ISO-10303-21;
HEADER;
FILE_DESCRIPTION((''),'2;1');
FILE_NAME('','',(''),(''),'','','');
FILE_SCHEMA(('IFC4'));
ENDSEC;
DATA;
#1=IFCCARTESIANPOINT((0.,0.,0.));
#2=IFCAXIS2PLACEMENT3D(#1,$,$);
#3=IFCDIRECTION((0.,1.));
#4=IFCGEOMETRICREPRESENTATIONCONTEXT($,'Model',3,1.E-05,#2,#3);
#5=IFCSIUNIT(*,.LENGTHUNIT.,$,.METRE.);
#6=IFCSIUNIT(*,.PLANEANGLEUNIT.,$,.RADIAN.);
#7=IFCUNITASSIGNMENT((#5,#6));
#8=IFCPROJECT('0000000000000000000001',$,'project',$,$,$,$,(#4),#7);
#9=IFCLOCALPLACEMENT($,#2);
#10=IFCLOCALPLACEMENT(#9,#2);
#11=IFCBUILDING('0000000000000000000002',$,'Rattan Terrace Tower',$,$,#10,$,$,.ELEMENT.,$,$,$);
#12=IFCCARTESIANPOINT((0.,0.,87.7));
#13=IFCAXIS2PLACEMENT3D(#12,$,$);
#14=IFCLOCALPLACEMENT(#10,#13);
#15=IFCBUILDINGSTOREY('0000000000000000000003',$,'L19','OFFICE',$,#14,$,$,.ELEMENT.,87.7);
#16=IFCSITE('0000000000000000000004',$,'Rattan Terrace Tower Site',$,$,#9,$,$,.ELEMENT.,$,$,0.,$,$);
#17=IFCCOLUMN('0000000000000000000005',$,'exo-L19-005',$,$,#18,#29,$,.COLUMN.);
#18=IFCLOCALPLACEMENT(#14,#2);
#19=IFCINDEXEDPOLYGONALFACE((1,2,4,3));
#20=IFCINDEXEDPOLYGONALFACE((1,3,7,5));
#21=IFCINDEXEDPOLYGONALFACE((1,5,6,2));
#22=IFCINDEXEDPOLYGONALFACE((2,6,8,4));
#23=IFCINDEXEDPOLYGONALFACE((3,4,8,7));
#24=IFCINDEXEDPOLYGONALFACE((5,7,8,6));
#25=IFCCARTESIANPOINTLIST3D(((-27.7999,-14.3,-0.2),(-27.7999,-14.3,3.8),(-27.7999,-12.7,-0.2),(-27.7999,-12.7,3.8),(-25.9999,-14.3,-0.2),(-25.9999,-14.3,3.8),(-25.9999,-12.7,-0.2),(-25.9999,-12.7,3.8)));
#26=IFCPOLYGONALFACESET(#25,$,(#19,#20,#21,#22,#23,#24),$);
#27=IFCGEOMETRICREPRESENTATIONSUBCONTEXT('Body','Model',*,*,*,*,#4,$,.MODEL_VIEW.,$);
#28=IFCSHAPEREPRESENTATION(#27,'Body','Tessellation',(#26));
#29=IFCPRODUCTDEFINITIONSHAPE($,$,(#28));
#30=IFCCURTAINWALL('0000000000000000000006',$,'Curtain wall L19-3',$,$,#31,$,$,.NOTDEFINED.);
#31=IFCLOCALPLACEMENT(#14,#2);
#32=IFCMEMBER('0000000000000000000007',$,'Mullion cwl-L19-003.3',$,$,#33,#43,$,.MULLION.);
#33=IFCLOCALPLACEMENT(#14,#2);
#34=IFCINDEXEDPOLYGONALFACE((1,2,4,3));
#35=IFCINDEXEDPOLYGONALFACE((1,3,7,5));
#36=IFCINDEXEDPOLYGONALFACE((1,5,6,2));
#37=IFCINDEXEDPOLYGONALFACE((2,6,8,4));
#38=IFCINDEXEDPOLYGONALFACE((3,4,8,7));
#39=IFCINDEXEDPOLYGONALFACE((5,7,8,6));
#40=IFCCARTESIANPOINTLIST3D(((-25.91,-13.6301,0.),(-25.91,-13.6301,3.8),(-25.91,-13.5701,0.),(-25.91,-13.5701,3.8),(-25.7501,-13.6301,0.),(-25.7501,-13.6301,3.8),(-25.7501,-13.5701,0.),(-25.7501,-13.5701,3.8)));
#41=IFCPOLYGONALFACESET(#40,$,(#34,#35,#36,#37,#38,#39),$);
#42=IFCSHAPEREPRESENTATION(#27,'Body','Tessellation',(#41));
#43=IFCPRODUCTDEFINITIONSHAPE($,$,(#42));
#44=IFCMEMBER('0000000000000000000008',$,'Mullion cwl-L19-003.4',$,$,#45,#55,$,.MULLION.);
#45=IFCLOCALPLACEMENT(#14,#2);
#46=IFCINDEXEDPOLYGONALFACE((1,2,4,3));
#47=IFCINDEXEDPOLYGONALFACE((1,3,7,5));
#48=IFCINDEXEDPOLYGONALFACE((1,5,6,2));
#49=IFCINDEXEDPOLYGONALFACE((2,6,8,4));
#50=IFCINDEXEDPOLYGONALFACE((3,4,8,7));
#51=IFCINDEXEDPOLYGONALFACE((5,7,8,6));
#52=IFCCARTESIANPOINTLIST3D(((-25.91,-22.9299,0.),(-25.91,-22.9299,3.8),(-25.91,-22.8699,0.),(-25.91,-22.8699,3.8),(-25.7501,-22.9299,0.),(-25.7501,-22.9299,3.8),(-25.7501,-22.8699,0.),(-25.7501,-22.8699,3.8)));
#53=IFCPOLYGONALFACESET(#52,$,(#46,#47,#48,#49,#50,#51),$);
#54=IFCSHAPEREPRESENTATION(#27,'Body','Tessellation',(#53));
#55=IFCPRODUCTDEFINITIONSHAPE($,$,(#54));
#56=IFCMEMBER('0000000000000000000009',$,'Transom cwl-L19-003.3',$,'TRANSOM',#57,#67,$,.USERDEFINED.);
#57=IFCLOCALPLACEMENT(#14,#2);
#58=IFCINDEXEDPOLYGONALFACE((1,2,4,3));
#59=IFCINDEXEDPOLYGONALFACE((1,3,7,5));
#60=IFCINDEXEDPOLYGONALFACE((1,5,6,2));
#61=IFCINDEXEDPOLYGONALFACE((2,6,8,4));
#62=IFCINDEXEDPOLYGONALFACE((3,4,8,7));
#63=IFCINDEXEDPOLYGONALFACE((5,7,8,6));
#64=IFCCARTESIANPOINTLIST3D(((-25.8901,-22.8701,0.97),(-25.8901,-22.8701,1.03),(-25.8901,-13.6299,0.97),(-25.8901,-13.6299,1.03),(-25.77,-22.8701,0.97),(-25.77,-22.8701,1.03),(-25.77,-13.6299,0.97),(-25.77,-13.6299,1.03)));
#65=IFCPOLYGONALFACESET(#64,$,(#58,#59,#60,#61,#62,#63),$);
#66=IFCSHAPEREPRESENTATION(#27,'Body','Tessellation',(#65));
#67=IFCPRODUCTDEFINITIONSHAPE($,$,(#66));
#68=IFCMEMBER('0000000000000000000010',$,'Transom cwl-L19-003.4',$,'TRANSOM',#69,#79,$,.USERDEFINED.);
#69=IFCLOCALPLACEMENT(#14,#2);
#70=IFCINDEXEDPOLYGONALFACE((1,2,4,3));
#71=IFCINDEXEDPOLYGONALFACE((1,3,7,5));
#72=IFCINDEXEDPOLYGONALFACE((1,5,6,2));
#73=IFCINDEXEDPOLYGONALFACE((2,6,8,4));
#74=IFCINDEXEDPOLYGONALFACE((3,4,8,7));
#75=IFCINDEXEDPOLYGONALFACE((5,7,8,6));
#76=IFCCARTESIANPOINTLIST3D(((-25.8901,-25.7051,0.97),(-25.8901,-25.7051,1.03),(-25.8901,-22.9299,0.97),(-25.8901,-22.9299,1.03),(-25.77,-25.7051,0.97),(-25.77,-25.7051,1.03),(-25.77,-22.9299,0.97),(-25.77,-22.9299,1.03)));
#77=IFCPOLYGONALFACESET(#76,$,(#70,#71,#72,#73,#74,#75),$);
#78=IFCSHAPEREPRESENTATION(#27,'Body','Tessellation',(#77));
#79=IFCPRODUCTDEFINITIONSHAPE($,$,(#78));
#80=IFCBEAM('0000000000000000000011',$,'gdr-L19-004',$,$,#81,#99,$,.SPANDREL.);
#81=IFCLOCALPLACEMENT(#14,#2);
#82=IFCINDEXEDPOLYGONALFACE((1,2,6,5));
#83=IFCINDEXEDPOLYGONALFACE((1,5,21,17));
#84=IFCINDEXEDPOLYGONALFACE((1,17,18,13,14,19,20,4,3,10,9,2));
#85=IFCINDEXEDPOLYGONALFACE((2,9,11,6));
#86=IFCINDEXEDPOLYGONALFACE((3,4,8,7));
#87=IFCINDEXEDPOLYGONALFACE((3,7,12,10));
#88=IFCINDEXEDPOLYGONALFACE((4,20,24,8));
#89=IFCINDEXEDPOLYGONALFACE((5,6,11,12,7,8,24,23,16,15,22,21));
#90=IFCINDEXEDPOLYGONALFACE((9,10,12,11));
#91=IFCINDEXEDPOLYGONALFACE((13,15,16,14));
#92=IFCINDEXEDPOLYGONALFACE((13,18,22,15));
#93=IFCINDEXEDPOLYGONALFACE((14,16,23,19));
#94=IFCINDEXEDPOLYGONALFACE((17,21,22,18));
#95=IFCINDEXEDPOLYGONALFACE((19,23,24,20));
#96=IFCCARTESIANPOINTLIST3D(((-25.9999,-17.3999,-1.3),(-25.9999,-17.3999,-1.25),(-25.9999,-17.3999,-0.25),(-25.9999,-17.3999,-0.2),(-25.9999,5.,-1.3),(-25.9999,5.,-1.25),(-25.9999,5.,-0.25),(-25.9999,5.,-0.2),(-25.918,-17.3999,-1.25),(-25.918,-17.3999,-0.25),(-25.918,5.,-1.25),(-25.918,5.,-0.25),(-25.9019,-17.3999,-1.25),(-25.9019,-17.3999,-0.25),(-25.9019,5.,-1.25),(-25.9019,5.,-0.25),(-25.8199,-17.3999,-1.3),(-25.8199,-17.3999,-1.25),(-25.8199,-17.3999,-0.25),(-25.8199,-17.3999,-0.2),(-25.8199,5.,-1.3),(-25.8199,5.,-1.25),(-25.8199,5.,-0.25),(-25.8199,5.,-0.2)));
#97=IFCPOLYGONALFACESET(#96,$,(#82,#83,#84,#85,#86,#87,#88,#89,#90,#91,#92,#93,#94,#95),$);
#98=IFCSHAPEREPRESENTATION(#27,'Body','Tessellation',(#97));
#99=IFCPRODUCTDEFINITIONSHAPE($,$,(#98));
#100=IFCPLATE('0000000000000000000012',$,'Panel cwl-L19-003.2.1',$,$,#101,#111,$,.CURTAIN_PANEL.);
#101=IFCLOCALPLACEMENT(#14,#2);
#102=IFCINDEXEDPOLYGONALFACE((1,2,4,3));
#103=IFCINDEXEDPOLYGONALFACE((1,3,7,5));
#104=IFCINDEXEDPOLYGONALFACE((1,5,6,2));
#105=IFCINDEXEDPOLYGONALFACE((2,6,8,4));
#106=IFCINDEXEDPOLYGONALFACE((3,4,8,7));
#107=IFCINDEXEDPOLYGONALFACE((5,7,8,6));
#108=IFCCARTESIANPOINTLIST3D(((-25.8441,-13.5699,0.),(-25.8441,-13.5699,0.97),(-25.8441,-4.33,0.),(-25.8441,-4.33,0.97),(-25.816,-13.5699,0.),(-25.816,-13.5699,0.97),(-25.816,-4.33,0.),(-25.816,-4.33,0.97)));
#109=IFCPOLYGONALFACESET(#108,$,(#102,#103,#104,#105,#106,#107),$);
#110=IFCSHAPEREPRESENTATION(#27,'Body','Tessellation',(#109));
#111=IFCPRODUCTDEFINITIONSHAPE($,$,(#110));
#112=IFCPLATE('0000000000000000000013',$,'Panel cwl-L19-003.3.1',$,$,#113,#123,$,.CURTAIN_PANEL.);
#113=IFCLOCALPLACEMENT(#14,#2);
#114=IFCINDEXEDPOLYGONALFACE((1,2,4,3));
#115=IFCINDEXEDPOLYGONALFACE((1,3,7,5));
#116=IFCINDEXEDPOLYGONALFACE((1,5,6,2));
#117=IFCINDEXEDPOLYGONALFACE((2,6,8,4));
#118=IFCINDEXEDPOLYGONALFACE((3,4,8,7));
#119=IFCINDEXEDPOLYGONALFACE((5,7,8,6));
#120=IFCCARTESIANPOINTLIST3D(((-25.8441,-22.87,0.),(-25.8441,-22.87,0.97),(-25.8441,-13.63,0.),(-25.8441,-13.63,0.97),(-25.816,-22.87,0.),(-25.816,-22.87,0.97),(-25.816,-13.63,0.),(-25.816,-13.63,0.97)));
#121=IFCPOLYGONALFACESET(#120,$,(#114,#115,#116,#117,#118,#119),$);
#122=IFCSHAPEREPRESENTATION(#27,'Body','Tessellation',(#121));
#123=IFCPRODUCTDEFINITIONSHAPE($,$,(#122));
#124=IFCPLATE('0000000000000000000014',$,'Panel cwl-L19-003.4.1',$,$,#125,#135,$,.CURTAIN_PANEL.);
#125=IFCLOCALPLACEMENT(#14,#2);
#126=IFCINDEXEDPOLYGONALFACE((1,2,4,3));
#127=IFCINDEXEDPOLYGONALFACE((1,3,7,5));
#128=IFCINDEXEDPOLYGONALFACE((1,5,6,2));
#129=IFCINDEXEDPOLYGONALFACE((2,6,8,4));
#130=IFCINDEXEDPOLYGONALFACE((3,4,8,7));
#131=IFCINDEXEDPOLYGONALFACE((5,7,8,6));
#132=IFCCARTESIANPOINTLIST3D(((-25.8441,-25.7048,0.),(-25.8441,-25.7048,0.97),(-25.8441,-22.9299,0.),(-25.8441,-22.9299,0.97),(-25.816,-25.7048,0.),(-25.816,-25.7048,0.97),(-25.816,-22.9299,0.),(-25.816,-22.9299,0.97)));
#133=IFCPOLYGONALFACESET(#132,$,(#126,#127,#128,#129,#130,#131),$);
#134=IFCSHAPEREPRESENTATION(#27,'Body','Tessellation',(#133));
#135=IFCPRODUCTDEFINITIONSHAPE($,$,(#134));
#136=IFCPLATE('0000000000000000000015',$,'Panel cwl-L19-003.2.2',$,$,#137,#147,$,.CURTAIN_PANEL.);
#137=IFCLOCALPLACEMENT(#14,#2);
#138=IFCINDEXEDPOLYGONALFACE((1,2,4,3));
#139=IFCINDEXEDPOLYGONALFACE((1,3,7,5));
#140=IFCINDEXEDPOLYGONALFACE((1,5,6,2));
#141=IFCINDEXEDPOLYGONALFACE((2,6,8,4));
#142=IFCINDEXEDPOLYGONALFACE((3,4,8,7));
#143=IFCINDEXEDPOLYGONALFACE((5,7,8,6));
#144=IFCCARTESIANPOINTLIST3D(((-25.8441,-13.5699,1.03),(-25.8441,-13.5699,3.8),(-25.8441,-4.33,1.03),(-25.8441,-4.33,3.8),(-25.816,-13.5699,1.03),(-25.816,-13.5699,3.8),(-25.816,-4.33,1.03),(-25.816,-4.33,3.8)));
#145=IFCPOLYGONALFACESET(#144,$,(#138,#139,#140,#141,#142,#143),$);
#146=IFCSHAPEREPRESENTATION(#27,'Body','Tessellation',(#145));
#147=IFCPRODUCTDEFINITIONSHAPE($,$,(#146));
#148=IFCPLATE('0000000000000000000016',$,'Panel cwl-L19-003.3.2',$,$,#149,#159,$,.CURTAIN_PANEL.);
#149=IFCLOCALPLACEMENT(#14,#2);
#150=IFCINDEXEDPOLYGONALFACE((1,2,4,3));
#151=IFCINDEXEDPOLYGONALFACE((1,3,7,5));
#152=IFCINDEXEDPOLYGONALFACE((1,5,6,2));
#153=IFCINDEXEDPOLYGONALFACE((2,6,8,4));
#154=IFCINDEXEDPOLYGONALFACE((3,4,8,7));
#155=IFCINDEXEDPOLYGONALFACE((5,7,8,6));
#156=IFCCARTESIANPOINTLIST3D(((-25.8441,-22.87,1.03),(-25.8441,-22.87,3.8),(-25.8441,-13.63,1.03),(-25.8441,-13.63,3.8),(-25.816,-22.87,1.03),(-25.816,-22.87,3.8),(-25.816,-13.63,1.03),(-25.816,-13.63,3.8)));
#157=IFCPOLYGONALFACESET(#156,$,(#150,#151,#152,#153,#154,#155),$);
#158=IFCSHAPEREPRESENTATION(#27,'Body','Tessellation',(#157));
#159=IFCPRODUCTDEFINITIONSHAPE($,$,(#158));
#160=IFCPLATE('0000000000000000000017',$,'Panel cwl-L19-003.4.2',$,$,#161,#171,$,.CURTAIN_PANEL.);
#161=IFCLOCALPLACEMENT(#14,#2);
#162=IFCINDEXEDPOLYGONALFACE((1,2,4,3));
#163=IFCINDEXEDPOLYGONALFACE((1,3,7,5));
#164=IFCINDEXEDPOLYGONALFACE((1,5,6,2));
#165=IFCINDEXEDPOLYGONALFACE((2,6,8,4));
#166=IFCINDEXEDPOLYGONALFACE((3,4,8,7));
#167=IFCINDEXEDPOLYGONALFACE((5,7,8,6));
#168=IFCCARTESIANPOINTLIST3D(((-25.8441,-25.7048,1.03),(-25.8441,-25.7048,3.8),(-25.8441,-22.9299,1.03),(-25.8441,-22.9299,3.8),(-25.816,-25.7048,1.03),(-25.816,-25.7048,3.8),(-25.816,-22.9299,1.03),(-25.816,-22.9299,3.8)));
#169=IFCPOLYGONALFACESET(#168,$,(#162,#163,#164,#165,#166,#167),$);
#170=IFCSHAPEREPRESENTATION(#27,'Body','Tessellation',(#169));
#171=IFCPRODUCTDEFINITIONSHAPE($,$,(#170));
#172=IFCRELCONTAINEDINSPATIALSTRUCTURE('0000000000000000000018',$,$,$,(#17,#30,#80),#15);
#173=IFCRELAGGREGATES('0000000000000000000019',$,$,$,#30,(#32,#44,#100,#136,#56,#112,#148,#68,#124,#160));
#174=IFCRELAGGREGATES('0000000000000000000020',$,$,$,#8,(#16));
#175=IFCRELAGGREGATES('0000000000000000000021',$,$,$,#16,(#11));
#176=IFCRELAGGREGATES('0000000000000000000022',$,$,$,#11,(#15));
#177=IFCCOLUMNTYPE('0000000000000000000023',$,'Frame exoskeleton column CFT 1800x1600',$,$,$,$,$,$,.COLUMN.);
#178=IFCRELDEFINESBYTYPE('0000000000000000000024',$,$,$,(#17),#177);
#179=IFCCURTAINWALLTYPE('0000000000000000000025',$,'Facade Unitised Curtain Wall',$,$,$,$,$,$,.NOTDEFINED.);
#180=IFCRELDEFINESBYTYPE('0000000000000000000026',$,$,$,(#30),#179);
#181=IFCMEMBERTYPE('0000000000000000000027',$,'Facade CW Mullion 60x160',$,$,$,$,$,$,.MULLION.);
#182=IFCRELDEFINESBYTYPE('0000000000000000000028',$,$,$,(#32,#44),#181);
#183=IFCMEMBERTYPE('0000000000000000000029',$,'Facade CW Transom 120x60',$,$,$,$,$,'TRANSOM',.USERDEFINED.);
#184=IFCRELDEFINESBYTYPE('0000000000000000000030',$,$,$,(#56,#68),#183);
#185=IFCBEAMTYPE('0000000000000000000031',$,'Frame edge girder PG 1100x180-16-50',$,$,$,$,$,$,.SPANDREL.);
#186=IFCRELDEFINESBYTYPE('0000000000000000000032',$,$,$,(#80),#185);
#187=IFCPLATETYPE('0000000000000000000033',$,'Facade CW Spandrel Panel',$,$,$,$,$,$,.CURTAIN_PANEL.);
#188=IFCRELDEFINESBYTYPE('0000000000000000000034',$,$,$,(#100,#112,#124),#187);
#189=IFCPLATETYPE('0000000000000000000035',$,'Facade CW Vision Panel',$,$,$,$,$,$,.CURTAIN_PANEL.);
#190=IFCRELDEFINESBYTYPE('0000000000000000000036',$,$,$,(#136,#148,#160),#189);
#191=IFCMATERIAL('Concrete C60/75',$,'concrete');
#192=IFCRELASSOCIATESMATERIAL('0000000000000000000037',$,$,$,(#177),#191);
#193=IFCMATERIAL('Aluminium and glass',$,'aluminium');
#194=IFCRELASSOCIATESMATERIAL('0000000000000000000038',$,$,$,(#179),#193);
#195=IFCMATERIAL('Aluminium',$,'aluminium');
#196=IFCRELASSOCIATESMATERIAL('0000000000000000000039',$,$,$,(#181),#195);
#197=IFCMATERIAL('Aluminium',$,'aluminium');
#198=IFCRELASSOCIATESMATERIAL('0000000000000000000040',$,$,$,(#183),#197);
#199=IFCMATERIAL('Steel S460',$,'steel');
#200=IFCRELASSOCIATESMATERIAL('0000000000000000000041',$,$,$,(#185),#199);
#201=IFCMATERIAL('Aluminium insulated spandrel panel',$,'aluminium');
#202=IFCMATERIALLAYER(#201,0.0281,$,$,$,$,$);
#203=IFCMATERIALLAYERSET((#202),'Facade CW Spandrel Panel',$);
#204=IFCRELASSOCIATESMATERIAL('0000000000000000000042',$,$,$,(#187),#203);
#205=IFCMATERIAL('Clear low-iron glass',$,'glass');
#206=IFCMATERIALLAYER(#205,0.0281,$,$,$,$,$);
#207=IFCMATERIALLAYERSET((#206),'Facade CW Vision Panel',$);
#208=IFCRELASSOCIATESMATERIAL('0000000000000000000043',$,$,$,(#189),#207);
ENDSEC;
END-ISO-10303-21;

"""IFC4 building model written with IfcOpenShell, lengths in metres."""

from ifc_helpers import new_model, si_unit, direction, frame, origin, origin_2d, place, context, subcontext, project, spatial, rectangle, i_section, extrude, material, layer, layer_set, material_profile, profile_set, type_object, element, aggregate, save


model = new_model("IFC4")

# Units and contexts
model_context = context("Model", 3, precision=1e-05, world=origin(), true_north=direction((0.0, 1.0)))
body_context = subcontext(model_context, "Body", "Model", "MODEL_VIEW")
ifc_project = project(units=[si_unit("LENGTHUNIT", "METRE"), si_unit("PLANEANGLEUNIT", "RADIAN")], contexts=[model_context])

# Site, building, storey
site_placement = place(None, origin())
site = spatial("IfcSite", under=ifc_project, at=site_placement, Name="Rattan Terrace Tower Site", CompositionType="ELEMENT", RefElevation=0.0)
building_placement = place(site_placement, origin())
building = spatial("IfcBuilding", under=site, at=building_placement, Name="Rattan Terrace Tower", CompositionType="ELEMENT")
storey_placement = place(building_placement, frame((0.0, 0.0, 87.7)))
storey = spatial("IfcBuildingStorey", under=building, at=storey_placement, Name="L19", Description="OFFICE", CompositionType="ELEMENT", Elevation=87.7)

# Column
ifc_material_1 = material(Name="Concrete C60/75", Category="concrete")
ifc_material_profile_1 = material_profile(ifc_material_1, rectangle(XDim=1.6001, YDim=1.8, at=origin_2d()), Name="CFT 1800x1600")
ifc_profile_set_1 = profile_set([ifc_material_profile_1], Name="Concrete C60/75")
column_type = type_object("IfcColumnType", Name="Frame exoskeleton column CFT 1800x1600", PredefinedType="COLUMN", material=ifc_profile_set_1)
column_placement = place(storey_placement, frame((-26.8999, -13.5, -0.2), z_axis=(0.0, 0.0, 1.0), x_axis=(0.0, 1.0, 0.0)))
element("IfcColumn", 1, at=column_placement, inside=storey, type_object=column_type, Name="exo-L19-005", PredefinedType="COLUMN", context=body_context, shape_type="SweptSolid", body=[
    extrude(rectangle(XDim=1.6001, YDim=1.8, at=origin_2d()), origin(), (0.0, 0.0, 1.0), 4.0),
])

# Curtain wall, members
ifc_material_2 = material(Name="Aluminium and glass", Category="aluminium")
curtain_wall_type = type_object("IfcCurtainWallType", Name="Facade Unitised Curtain Wall", PredefinedType="NOTDEFINED", material=ifc_material_2)
curtain_wall_placement = place(storey_placement, origin())
curtain_wall = element("IfcCurtainWall", 2, at=curtain_wall_placement, inside=storey, type_object=curtain_wall_type, Name="Curtain wall L19-3", PredefinedType="NOTDEFINED")
ifc_material_3 = material(Name="Aluminium", Category="aluminium")
ifc_material_profile_2 = material_profile(ifc_material_3, rectangle(XDim=0.0601, YDim=0.1599, at=origin_2d()), Name="Aluminium 60x160")
ifc_profile_set_2 = profile_set([ifc_material_profile_2], Name="Aluminium")
member_type_1 = type_object("IfcMemberType", Name="Facade CW Mullion 60x160", PredefinedType="MULLION", material=ifc_profile_set_2)
member_1_placement = place(storey_placement, frame((-25.8301, -13.6001, 0.0), z_axis=(0.0, 0.0, 1.0), x_axis=(0.0, -1.0, 0.0)))
member_1 = element("IfcMember", 3, at=member_1_placement, type_object=member_type_1, Name="Mullion cwl-L19-003.3", PredefinedType="MULLION", context=body_context, shape_type="SweptSolid", body=[
    extrude(rectangle(XDim=0.0601, YDim=0.1599, at=origin_2d()), origin(), (0.0, 0.0, 1.0), 3.8),
])
member_2_placement = place(storey_placement, frame((-25.8301, -22.8999, 0.0), z_axis=(0.0, 0.0, 1.0), x_axis=(0.0, -1.0, 0.0)))
member_2 = element("IfcMember", 4, at=member_2_placement, type_object=member_type_1, Name="Mullion cwl-L19-003.4", PredefinedType="MULLION", context=body_context, shape_type="SweptSolid", body=[
    extrude(rectangle(XDim=0.0601, YDim=0.1599, at=origin_2d()), origin(), (0.0, 0.0, 1.0), 3.8),
])
ifc_material_4 = material(Name="Aluminium", Category="aluminium")
ifc_material_profile_3 = material_profile(ifc_material_4, rectangle(XDim=0.1201, YDim=0.0601, at=origin_2d()), Name="Aluminium 120x60")
ifc_profile_set_3 = profile_set([ifc_material_profile_3], Name="Aluminium")
member_type_2 = type_object("IfcMemberType", Name="Facade CW Transom 120x60", ElementType="TRANSOM", PredefinedType="USERDEFINED", material=ifc_profile_set_3)
member_3_placement = place(storey_placement, frame((-25.8301, -13.6299, 1.0), z_axis=(0.0, -1.0, 0.0), x_axis=(1.0, 0.0, 0.0)))
member_3 = element("IfcMember", 5, at=member_3_placement, type_object=member_type_2, Name="Transom cwl-L19-003.3", ObjectType="TRANSOM", PredefinedType="USERDEFINED", context=body_context, shape_type="SweptSolid", body=[
    extrude(rectangle(XDim=0.1201, YDim=0.0601, at=origin_2d()), origin(), (0.0, 0.0, 1.0), 9.2402),
])
member_4_placement = place(storey_placement, frame((-25.8301, -22.9299, 1.0), z_axis=(0.0, -1.0, 0.0), x_axis=(1.0, 0.0, 0.0)))
member_4 = element("IfcMember", 6, at=member_4_placement, type_object=member_type_2, Name="Transom cwl-L19-003.4", ObjectType="TRANSOM", PredefinedType="USERDEFINED", context=body_context, shape_type="SweptSolid", body=[
    extrude(rectangle(XDim=0.1201, YDim=0.0601, at=origin_2d()), origin(), (0.0, 0.0, 1.0), 2.7751),
])

# Beam
ifc_material_5 = material(Name="Steel S460", Category="steel")
ifc_material_profile_4 = material_profile(ifc_material_5, i_section(OverallWidth=0.1799, OverallDepth=1.1001, WebThickness=0.0161, FlangeThickness=0.05, at=origin_2d()), Name="PG 1100x180-16-50")
ifc_profile_set_4 = profile_set([ifc_material_profile_4], Name="Steel S460")
beam_type = type_object("IfcBeamType", Name="Frame edge girder PG 1100x180-16-50", PredefinedType="SPANDREL", material=ifc_profile_set_4)
beam_placement = place(storey_placement, frame((-25.9099, -17.3999, -0.75), z_axis=(0.0, 1.0, 0.0), x_axis=(-1.0, 0.0, 0.0)))
element("IfcBeam", 7, at=beam_placement, inside=storey, type_object=beam_type, Name="gdr-L19-004", PredefinedType="SPANDREL", context=body_context, shape_type="SweptSolid", body=[
    extrude(i_section(OverallWidth=0.1799, OverallDepth=1.1001, WebThickness=0.0161, FlangeThickness=0.05, at=origin_2d()), origin(), (0.0, 0.0, 1.0), 22.3999),
])

# Plates
ifc_material_6 = material(Name="Aluminium insulated spandrel panel", Category="aluminium")
ifc_layer_1 = layer(ifc_material_6, 0.0281)
ifc_layer_set_1 = layer_set([ifc_layer_1], Name="Facade CW Spandrel Panel")
plate_type_1 = type_object("IfcPlateType", Name="Facade CW Spandrel Panel", PredefinedType="CURTAIN_PANEL", material=ifc_layer_set_1)
plate_1_placement = place(storey_placement, frame((-25.8301, -8.95, 0.0), z_axis=(0.0, 0.0, 1.0), x_axis=(0.0, -1.0, 0.0)))
plate_1 = element("IfcPlate", 8, at=plate_1_placement, type_object=plate_type_1, Name="Panel cwl-L19-003.2.1", PredefinedType="CURTAIN_PANEL", context=body_context, shape_type="SweptSolid", body=[
    extrude(rectangle(XDim=9.24, YDim=0.0281, at=origin_2d()), origin(), (0.0, 0.0, 1.0), 0.97),
])
plate_2_placement = place(storey_placement, frame((-25.8301, -18.25, 0.0), z_axis=(0.0, 0.0, 1.0), x_axis=(0.0, -1.0, 0.0)))
plate_2 = element("IfcPlate", 9, at=plate_2_placement, type_object=plate_type_1, Name="Panel cwl-L19-003.3.1", PredefinedType="CURTAIN_PANEL", context=body_context, shape_type="SweptSolid", body=[
    extrude(rectangle(XDim=9.24, YDim=0.0281, at=origin_2d()), origin(), (0.0, 0.0, 1.0), 0.97),
])
plate_3_placement = place(storey_placement, frame((-25.8301, -24.3174, 0.0), z_axis=(0.0, 0.0, 1.0), x_axis=(0.0, -1.0, 0.0)))
plate_3 = element("IfcPlate", 10, at=plate_3_placement, type_object=plate_type_1, Name="Panel cwl-L19-003.4.1", PredefinedType="CURTAIN_PANEL", context=body_context, shape_type="SweptSolid", body=[
    extrude(rectangle(XDim=2.7749, YDim=0.0281, at=origin_2d()), origin(), (0.0, 0.0, 1.0), 0.97),
])
ifc_material_7 = material(Name="Clear low-iron glass", Category="glass")
ifc_layer_2 = layer(ifc_material_7, 0.0281)
ifc_layer_set_2 = layer_set([ifc_layer_2], Name="Facade CW Vision Panel")
plate_type_2 = type_object("IfcPlateType", Name="Facade CW Vision Panel", PredefinedType="CURTAIN_PANEL", material=ifc_layer_set_2)
plate_4_placement = place(storey_placement, frame((-25.8301, -8.95, 1.03), z_axis=(0.0, 0.0, 1.0), x_axis=(0.0, -1.0, 0.0)))
plate_4 = element("IfcPlate", 11, at=plate_4_placement, type_object=plate_type_2, Name="Panel cwl-L19-003.2.2", PredefinedType="CURTAIN_PANEL", context=body_context, shape_type="SweptSolid", body=[
    extrude(rectangle(XDim=9.24, YDim=0.0281, at=origin_2d()), origin(), (0.0, 0.0, 1.0), 2.77),
])
plate_5_placement = place(storey_placement, frame((-25.8301, -18.25, 1.03), z_axis=(0.0, 0.0, 1.0), x_axis=(0.0, -1.0, 0.0)))
plate_5 = element("IfcPlate", 12, at=plate_5_placement, type_object=plate_type_2, Name="Panel cwl-L19-003.3.2", PredefinedType="CURTAIN_PANEL", context=body_context, shape_type="SweptSolid", body=[
    extrude(rectangle(XDim=9.24, YDim=0.0281, at=origin_2d()), origin(), (0.0, 0.0, 1.0), 2.77),
])
plate_6_placement = place(storey_placement, frame((-25.8301, -24.3174, 1.03), z_axis=(0.0, 0.0, 1.0), x_axis=(0.0, -1.0, 0.0)))
plate_6 = element("IfcPlate", 13, at=plate_6_placement, type_object=plate_type_2, Name="Panel cwl-L19-003.4.2", PredefinedType="CURTAIN_PANEL", context=body_context, shape_type="SweptSolid", body=[
    extrude(rectangle(XDim=2.7749, YDim=0.0281, at=origin_2d()), origin(), (0.0, 0.0, 1.0), 2.77),
])
aggregate(curtain_wall, [member_1, member_2, plate_1, plate_4, member_3, plate_2, plate_5, member_4, plate_3, plate_6])

save(model, "model.ifc")
